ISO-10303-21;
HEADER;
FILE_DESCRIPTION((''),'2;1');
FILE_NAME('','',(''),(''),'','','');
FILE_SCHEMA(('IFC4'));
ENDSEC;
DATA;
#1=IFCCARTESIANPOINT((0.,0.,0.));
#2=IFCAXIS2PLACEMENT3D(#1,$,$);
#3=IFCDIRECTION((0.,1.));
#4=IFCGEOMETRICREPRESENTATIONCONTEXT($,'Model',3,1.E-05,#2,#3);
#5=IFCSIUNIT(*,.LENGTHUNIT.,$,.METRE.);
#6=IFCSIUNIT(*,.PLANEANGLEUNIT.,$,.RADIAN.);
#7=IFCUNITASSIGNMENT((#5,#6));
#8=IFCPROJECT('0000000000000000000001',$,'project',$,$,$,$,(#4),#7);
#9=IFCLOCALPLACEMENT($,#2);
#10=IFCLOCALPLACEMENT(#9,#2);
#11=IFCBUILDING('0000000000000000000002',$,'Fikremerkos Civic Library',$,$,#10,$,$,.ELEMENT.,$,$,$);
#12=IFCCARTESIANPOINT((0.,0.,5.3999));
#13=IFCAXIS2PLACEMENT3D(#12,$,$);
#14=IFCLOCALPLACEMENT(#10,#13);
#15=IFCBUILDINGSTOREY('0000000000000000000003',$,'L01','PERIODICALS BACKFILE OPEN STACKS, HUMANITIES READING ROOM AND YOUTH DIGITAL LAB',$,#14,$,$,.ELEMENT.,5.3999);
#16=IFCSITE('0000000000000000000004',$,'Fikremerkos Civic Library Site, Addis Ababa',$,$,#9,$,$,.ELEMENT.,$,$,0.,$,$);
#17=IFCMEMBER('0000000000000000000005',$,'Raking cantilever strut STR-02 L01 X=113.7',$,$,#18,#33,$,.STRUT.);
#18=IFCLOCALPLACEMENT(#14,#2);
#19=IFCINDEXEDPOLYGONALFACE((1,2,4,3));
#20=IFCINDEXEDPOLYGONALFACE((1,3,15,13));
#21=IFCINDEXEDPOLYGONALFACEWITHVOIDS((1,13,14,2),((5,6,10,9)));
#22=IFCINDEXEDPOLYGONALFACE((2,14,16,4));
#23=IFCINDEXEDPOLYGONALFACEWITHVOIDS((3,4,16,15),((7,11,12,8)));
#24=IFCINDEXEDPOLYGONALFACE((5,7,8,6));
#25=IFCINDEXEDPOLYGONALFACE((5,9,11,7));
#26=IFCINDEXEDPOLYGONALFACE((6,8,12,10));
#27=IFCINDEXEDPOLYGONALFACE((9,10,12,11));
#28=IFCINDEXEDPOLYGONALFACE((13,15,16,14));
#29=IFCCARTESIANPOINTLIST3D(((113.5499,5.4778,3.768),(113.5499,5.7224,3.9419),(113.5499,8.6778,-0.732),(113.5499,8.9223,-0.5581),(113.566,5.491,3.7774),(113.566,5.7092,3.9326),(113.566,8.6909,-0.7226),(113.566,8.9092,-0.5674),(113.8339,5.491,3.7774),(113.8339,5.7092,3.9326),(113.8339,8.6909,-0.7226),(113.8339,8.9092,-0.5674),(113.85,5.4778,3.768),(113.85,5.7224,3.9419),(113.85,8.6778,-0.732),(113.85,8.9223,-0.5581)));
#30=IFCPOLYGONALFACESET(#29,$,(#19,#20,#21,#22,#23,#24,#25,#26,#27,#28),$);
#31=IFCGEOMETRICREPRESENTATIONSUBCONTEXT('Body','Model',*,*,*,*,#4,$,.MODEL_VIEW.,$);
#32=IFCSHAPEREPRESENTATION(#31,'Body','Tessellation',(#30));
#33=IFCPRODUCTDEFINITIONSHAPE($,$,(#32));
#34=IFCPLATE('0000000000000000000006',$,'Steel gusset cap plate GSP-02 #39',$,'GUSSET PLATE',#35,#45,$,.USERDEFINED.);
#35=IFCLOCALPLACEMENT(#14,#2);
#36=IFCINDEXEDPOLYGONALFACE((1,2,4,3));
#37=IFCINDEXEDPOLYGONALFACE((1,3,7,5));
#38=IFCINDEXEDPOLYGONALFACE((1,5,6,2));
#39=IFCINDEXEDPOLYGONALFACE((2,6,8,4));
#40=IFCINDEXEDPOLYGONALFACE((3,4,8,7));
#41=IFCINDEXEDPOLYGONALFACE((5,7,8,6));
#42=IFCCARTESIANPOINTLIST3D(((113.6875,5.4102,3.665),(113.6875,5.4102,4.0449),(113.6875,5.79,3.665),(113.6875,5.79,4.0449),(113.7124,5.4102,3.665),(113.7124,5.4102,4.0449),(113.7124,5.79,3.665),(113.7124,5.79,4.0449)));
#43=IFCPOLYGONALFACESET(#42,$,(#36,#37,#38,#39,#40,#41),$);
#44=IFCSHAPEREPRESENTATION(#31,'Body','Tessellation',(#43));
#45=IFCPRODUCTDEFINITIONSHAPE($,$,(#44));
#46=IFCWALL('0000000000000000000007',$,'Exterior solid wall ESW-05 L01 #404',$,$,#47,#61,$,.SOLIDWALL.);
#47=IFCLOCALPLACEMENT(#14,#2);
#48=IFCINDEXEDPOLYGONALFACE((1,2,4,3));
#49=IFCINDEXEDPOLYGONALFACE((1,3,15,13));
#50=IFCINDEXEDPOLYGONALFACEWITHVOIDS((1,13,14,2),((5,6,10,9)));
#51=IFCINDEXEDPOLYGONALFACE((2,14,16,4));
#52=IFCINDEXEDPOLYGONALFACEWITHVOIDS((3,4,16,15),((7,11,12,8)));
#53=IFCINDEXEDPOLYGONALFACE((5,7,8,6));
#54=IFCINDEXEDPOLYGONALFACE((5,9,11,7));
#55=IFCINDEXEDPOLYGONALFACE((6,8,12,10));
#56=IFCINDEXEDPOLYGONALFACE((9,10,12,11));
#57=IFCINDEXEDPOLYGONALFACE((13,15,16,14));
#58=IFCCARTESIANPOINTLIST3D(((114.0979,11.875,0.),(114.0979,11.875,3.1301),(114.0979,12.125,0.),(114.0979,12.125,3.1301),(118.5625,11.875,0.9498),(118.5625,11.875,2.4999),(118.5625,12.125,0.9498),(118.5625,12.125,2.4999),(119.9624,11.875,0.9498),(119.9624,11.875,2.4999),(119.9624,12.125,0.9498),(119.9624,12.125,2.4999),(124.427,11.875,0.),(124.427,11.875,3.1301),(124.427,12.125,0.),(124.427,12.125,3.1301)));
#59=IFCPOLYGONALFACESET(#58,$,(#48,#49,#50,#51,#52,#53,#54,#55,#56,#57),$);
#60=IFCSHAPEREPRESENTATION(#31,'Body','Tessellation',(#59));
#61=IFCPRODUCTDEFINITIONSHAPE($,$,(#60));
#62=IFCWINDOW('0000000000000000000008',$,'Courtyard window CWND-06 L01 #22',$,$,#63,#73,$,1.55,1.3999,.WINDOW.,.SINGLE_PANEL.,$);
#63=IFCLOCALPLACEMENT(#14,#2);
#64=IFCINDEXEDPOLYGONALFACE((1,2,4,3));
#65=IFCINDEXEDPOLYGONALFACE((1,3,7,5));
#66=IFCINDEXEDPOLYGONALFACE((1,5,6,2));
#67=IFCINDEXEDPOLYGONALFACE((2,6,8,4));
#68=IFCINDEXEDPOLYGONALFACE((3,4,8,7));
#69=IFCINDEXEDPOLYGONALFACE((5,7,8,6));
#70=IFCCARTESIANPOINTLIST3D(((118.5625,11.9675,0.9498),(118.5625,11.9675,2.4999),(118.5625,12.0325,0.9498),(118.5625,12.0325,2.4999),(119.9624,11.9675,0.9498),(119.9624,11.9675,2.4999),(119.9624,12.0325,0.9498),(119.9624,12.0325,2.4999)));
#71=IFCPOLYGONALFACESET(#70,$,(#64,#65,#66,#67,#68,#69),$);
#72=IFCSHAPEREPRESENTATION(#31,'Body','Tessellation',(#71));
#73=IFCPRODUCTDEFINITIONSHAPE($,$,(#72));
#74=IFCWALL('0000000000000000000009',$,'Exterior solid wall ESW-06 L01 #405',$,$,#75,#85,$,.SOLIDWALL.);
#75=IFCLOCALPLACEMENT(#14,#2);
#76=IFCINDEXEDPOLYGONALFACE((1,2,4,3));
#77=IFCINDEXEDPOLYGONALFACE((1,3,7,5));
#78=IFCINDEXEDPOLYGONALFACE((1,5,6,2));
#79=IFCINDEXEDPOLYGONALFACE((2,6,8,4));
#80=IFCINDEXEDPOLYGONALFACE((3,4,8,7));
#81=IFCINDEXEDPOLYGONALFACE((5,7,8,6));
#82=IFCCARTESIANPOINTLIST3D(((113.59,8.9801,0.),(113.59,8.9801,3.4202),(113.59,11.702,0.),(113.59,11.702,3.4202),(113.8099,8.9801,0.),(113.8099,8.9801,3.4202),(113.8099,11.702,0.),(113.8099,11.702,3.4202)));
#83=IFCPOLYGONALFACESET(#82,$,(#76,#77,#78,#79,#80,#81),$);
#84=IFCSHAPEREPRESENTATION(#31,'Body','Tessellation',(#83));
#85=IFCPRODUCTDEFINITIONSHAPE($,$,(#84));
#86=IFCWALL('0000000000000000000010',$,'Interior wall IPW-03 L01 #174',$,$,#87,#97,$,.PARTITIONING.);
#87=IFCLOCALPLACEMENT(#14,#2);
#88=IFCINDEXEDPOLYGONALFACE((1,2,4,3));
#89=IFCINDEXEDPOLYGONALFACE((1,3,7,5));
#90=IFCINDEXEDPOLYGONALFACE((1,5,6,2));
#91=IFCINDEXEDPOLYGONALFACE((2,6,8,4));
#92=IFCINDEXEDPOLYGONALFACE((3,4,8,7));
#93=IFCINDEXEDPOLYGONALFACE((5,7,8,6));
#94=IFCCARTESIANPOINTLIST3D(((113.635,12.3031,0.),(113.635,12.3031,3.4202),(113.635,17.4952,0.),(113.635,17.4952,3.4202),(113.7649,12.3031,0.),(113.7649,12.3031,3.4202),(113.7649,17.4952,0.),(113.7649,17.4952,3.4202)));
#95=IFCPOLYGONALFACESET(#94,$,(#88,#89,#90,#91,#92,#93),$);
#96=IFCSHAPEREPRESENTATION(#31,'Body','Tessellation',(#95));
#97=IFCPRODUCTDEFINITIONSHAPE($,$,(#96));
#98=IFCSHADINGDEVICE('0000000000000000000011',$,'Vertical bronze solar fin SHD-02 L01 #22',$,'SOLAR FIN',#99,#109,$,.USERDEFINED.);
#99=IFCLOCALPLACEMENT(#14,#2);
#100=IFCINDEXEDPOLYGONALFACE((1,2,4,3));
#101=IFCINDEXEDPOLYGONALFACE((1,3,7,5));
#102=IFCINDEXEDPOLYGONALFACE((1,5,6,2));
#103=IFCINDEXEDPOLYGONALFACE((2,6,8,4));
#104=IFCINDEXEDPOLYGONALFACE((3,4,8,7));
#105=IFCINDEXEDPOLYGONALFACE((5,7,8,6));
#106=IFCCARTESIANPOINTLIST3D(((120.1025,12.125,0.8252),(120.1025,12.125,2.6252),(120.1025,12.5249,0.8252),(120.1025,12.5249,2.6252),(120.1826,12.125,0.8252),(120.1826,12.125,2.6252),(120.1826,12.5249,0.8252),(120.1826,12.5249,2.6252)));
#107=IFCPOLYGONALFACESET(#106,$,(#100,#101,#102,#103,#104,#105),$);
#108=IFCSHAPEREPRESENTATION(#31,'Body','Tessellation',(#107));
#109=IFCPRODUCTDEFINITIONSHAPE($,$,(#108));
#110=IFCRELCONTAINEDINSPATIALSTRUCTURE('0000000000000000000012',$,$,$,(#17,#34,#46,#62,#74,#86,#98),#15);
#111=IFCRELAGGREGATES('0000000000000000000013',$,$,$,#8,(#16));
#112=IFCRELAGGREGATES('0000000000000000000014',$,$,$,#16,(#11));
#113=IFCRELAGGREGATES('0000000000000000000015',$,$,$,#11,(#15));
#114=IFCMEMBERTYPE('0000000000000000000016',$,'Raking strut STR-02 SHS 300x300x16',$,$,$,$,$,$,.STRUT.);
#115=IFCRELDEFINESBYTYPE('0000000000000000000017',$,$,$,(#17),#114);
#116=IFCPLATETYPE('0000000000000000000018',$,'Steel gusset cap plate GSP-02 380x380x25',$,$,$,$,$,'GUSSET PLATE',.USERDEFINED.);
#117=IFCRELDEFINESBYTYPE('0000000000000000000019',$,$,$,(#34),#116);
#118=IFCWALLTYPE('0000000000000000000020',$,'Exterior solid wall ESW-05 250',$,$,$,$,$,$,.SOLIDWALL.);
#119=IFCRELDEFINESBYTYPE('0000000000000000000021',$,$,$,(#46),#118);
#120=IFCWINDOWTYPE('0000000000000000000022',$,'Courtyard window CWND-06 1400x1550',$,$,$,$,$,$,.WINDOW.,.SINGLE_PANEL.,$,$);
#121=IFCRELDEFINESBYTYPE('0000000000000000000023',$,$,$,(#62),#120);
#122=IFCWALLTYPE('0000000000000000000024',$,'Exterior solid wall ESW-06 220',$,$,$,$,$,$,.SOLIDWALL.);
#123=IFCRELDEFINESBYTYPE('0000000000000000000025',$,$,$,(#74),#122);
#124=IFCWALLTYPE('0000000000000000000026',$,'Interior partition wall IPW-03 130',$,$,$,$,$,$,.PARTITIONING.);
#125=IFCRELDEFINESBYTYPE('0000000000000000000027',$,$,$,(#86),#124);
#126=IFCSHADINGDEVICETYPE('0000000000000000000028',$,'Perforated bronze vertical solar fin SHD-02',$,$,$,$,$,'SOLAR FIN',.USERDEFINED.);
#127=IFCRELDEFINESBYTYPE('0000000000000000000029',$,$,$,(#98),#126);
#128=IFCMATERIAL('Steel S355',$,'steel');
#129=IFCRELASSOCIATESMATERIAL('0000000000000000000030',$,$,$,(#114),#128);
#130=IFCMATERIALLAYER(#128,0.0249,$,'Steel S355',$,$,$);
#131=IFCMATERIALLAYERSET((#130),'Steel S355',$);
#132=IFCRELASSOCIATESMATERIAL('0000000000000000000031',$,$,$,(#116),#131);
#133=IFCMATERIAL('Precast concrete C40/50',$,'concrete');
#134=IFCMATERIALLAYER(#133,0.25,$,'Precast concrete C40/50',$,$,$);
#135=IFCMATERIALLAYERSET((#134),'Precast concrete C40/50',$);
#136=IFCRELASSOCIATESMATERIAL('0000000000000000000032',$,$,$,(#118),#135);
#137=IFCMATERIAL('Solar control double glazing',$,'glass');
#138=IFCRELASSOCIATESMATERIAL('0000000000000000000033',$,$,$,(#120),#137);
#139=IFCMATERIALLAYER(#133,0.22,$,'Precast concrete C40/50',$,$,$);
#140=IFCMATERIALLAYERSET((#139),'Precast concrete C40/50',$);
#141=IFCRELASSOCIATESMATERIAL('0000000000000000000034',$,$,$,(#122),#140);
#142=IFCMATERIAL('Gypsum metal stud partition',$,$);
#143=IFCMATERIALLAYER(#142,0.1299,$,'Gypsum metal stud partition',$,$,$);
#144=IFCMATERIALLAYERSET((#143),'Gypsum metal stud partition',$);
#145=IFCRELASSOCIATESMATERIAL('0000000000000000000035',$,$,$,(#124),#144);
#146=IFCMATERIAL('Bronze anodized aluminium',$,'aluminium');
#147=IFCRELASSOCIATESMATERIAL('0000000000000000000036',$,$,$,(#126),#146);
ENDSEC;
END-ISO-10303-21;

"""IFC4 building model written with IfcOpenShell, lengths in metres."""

from ifc_helpers import new_model, si_unit, direction, frame, frame_2d, origin, origin_2d, place, context, subcontext, project, spatial, rectangle, hollow_rectangle, extrude, material, layer, layer_set, material_profile, profile_set, type_object, element, fill, save


model = new_model("IFC4")

# Units and contexts
model_context = context("Model", 3, precision=1e-05, world=origin(), true_north=direction((0.0, 1.0)))
body_context = subcontext(model_context, "Body", "Model", "MODEL_VIEW")
ifc_project = project(units=[si_unit("LENGTHUNIT", "METRE"), si_unit("PLANEANGLEUNIT", "RADIAN")], contexts=[model_context])

# Site, building, storey
site_placement = place(None, origin())
site = spatial("IfcSite", under=ifc_project, at=site_placement, Name="Fikremerkos Civic Library Site, Addis Ababa", CompositionType="ELEMENT", RefElevation=0.0)
building_placement = place(site_placement, origin())
building = spatial("IfcBuilding", under=site, at=building_placement, Name="Fikremerkos Civic Library", CompositionType="ELEMENT")
storey_placement = place(building_placement, frame((0.0, 0.0, 5.3999)))
storey = spatial("IfcBuildingStorey", under=building, at=storey_placement, Name="L01", Description="PERIODICALS BACKFILE OPEN STACKS, HUMANITIES READING ROOM AND YOUTH DIGITAL LAB", CompositionType="ELEMENT", Elevation=5.3999)

# Shared definitions
ifc_material_1 = material(Name="Steel S355", Category="steel")

# Member
ifc_material_profile_1 = material_profile(ifc_material_1, hollow_rectangle(XDim=0.3, YDim=0.3, WallThickness=0.0161, at=origin_2d()), Name="SHS 300x300x16")
ifc_profile_set_1 = profile_set([ifc_material_profile_1], Name="Steel S355")
member_type_1 = type_object("IfcMemberType", Name="Raking strut STR-02 SHS 300x300x16", PredefinedType="STRUT", material=ifc_profile_set_1)
member_1_placement = place(storey_placement, frame((113.7, 8.8, -0.645), z_axis=(0.0, -0.579518, 0.81496), x_axis=(1.0, 0.0, 0.0)))
element("IfcMember", 1, at=member_1_placement, inside=storey, type_object=member_type_1, Name="Raking cantilever strut STR-02 L01 X=113.7", PredefinedType="STRUT", context=body_context, shape_type="SweptSolid", body=[
    extrude(hollow_rectangle(XDim=0.3, YDim=0.3, WallThickness=0.0161, at=origin_2d()), origin(), (0.0, 0.0, 1.0), 5.5217),
])

# Plate
ifc_layer_1 = layer(ifc_material_1, 0.0249, Name="Steel S355")
ifc_layer_set_1 = layer_set([ifc_layer_1], Name="Steel S355")
plate_type = type_object("IfcPlateType", Name="Steel gusset cap plate GSP-02 380x380x25", ElementType="GUSSET PLATE", PredefinedType="USERDEFINED", material=ifc_layer_set_1)
plate_placement = place(storey_placement, frame((113.7, 5.6001, 3.665), z_axis=(0.0, 0.0, 1.0), x_axis=(1.0, 0.0, 0.0)))
element("IfcPlate", 2, at=plate_placement, inside=storey, type_object=plate_type, Name="Steel gusset cap plate GSP-02 #39", ObjectType="GUSSET PLATE", PredefinedType="USERDEFINED", context=body_context, shape_type="SweptSolid", body=[
    extrude(rectangle(XDim=0.0249, YDim=0.3799, at=origin_2d()), origin(), (0.0, 0.0, 1.0), 0.3799),
])

# Wall, opening, window
ifc_material_2 = material(Name="Precast concrete C40/50", Category="concrete")
ifc_material_3 = material(Name="Solar control double glazing", Category="glass")
ifc_layer_2 = layer(ifc_material_2, 0.25, Name="Precast concrete C40/50")
ifc_layer_set_2 = layer_set([ifc_layer_2], Name="Precast concrete C40/50")
wall_type_1 = type_object("IfcWallType", Name="Exterior solid wall ESW-05 250", PredefinedType="SOLIDWALL", material=ifc_layer_set_2)
wall_1_placement = place(storey_placement, frame((124.427, 12.0, 0.0), z_axis=(0.0, 0.0, 1.0), x_axis=(-1.0, 0.0, 0.0)))
wall_1 = element("IfcWall", 3, at=wall_1_placement, inside=storey, type_object=wall_type_1, Name="Exterior solid wall ESW-05 L01 #404", PredefinedType="SOLIDWALL", context=body_context, shape_type="SweptSolid", body=[
    extrude(rectangle(XDim=10.3291, YDim=0.25, at=frame_2d((5.1646, 0.0))), origin(), (0.0, 0.0, 1.0), 3.1301),
])
opening_1_placement = place(wall_1_placement, frame((4.4646, 0.0, 0.95)))
opening_1 = element("IfcOpeningElement", 4, at=opening_1_placement, cuts=wall_1, PredefinedType="OPENING", context=body_context, shape_type="SweptSolid", body=[
    extrude(rectangle(XDim=1.3999, YDim=1.55, at=frame_2d((0.7, 0.7749))), frame((0.0, 0.135, 0.0), z_axis=(0.0, -1.0, 0.0), x_axis=(1.0, 0.0, 0.0)), (0.0, 0.0, 1.0), 0.27),
])
window_type_1 = type_object("IfcWindowType", Name="Courtyard window CWND-06 1400x1550", PartitioningType="SINGLE_PANEL", PredefinedType="WINDOW", material=ifc_material_3)
window_1_placement = place(opening_1_placement, origin())
window_1 = element("IfcWindow", 5, at=window_1_placement, inside=storey, type_object=window_type_1, Name="Courtyard window CWND-06 L01 #22", OverallHeight=1.55, OverallWidth=1.3999, PartitioningType="SINGLE_PANEL", PredefinedType="WINDOW", context=body_context, shape_type="SweptSolid", body=[
    extrude(rectangle(XDim=1.3999, YDim=1.55, at=frame_2d((0.7, 0.7749))), frame((0.0, 0.0325, 0.0), z_axis=(0.0, -1.0, 0.0), x_axis=(1.0, 0.0, 0.0)), (0.0, 0.0, 1.0), 0.0649),
])
fill(opening_1, window_1)

# Walls
ifc_layer_3 = layer(ifc_material_2, 0.22, Name="Precast concrete C40/50")
ifc_layer_set_3 = layer_set([ifc_layer_3], Name="Precast concrete C40/50")
wall_type_2 = type_object("IfcWallType", Name="Exterior solid wall ESW-06 220", PredefinedType="SOLIDWALL", material=ifc_layer_set_3)
wall_2_placement = place(storey_placement, frame((113.7, 11.7019, 0.0), z_axis=(0.0, 0.0, 1.0), x_axis=(0.0, -1.0, 0.0)))
element("IfcWall", 6, at=wall_2_placement, inside=storey, type_object=wall_type_2, Name="Exterior solid wall ESW-06 L01 #405", PredefinedType="SOLIDWALL", context=body_context, shape_type="SweptSolid", body=[
    extrude(rectangle(XDim=2.7219, YDim=0.22, at=frame_2d((1.3608, 0.0))), origin(), (0.0, 0.0, 1.0), 3.4202),
])
ifc_material_4 = material(Name="Gypsum metal stud partition")
ifc_layer_4 = layer(ifc_material_4, 0.1299, Name="Gypsum metal stud partition")
ifc_layer_set_4 = layer_set([ifc_layer_4], Name="Gypsum metal stud partition")
wall_type_3 = type_object("IfcWallType", Name="Interior partition wall IPW-03 130", PredefinedType="PARTITIONING", material=ifc_layer_set_4)
wall_3_placement = place(storey_placement, frame((113.7, 12.303, 0.0), z_axis=(0.0, 0.0, 1.0), x_axis=(0.0, 1.0, 0.0)))
element("IfcWall", 7, at=wall_3_placement, inside=storey, type_object=wall_type_3, Name="Interior wall IPW-03 L01 #174", PredefinedType="PARTITIONING", context=body_context, shape_type="SweptSolid", body=[
    extrude(rectangle(XDim=5.1921, YDim=0.1299, at=frame_2d((2.5962, 0.0))), origin(), (0.0, 0.0, 1.0), 3.4202),
])

# Shading device
ifc_material_5 = material(Name="Bronze anodized aluminium", Category="aluminium")
shading_device_type = type_object("IfcShadingDeviceType", Name="Perforated bronze vertical solar fin SHD-02", ElementType="SOLAR FIN", PredefinedType="USERDEFINED", material=ifc_material_5)
shading_device_placement = place(storey_placement, frame((120.1426, 12.325, 0.8252), z_axis=(0.0, 0.0, 1.0), x_axis=(1.0, 0.0, 0.0)))
element("IfcShadingDevice", 8, at=shading_device_placement, inside=storey, type_object=shading_device_type, Name="Vertical bronze solar fin SHD-02 L01 #22", ObjectType="SOLAR FIN", PredefinedType="USERDEFINED", context=body_context, shape_type="SweptSolid", body=[
    extrude(rectangle(XDim=0.0801, YDim=0.3999, at=origin_2d()), origin(), (0.0, 0.0, 1.0), 1.8),
])

save(model, "model.ifc")
